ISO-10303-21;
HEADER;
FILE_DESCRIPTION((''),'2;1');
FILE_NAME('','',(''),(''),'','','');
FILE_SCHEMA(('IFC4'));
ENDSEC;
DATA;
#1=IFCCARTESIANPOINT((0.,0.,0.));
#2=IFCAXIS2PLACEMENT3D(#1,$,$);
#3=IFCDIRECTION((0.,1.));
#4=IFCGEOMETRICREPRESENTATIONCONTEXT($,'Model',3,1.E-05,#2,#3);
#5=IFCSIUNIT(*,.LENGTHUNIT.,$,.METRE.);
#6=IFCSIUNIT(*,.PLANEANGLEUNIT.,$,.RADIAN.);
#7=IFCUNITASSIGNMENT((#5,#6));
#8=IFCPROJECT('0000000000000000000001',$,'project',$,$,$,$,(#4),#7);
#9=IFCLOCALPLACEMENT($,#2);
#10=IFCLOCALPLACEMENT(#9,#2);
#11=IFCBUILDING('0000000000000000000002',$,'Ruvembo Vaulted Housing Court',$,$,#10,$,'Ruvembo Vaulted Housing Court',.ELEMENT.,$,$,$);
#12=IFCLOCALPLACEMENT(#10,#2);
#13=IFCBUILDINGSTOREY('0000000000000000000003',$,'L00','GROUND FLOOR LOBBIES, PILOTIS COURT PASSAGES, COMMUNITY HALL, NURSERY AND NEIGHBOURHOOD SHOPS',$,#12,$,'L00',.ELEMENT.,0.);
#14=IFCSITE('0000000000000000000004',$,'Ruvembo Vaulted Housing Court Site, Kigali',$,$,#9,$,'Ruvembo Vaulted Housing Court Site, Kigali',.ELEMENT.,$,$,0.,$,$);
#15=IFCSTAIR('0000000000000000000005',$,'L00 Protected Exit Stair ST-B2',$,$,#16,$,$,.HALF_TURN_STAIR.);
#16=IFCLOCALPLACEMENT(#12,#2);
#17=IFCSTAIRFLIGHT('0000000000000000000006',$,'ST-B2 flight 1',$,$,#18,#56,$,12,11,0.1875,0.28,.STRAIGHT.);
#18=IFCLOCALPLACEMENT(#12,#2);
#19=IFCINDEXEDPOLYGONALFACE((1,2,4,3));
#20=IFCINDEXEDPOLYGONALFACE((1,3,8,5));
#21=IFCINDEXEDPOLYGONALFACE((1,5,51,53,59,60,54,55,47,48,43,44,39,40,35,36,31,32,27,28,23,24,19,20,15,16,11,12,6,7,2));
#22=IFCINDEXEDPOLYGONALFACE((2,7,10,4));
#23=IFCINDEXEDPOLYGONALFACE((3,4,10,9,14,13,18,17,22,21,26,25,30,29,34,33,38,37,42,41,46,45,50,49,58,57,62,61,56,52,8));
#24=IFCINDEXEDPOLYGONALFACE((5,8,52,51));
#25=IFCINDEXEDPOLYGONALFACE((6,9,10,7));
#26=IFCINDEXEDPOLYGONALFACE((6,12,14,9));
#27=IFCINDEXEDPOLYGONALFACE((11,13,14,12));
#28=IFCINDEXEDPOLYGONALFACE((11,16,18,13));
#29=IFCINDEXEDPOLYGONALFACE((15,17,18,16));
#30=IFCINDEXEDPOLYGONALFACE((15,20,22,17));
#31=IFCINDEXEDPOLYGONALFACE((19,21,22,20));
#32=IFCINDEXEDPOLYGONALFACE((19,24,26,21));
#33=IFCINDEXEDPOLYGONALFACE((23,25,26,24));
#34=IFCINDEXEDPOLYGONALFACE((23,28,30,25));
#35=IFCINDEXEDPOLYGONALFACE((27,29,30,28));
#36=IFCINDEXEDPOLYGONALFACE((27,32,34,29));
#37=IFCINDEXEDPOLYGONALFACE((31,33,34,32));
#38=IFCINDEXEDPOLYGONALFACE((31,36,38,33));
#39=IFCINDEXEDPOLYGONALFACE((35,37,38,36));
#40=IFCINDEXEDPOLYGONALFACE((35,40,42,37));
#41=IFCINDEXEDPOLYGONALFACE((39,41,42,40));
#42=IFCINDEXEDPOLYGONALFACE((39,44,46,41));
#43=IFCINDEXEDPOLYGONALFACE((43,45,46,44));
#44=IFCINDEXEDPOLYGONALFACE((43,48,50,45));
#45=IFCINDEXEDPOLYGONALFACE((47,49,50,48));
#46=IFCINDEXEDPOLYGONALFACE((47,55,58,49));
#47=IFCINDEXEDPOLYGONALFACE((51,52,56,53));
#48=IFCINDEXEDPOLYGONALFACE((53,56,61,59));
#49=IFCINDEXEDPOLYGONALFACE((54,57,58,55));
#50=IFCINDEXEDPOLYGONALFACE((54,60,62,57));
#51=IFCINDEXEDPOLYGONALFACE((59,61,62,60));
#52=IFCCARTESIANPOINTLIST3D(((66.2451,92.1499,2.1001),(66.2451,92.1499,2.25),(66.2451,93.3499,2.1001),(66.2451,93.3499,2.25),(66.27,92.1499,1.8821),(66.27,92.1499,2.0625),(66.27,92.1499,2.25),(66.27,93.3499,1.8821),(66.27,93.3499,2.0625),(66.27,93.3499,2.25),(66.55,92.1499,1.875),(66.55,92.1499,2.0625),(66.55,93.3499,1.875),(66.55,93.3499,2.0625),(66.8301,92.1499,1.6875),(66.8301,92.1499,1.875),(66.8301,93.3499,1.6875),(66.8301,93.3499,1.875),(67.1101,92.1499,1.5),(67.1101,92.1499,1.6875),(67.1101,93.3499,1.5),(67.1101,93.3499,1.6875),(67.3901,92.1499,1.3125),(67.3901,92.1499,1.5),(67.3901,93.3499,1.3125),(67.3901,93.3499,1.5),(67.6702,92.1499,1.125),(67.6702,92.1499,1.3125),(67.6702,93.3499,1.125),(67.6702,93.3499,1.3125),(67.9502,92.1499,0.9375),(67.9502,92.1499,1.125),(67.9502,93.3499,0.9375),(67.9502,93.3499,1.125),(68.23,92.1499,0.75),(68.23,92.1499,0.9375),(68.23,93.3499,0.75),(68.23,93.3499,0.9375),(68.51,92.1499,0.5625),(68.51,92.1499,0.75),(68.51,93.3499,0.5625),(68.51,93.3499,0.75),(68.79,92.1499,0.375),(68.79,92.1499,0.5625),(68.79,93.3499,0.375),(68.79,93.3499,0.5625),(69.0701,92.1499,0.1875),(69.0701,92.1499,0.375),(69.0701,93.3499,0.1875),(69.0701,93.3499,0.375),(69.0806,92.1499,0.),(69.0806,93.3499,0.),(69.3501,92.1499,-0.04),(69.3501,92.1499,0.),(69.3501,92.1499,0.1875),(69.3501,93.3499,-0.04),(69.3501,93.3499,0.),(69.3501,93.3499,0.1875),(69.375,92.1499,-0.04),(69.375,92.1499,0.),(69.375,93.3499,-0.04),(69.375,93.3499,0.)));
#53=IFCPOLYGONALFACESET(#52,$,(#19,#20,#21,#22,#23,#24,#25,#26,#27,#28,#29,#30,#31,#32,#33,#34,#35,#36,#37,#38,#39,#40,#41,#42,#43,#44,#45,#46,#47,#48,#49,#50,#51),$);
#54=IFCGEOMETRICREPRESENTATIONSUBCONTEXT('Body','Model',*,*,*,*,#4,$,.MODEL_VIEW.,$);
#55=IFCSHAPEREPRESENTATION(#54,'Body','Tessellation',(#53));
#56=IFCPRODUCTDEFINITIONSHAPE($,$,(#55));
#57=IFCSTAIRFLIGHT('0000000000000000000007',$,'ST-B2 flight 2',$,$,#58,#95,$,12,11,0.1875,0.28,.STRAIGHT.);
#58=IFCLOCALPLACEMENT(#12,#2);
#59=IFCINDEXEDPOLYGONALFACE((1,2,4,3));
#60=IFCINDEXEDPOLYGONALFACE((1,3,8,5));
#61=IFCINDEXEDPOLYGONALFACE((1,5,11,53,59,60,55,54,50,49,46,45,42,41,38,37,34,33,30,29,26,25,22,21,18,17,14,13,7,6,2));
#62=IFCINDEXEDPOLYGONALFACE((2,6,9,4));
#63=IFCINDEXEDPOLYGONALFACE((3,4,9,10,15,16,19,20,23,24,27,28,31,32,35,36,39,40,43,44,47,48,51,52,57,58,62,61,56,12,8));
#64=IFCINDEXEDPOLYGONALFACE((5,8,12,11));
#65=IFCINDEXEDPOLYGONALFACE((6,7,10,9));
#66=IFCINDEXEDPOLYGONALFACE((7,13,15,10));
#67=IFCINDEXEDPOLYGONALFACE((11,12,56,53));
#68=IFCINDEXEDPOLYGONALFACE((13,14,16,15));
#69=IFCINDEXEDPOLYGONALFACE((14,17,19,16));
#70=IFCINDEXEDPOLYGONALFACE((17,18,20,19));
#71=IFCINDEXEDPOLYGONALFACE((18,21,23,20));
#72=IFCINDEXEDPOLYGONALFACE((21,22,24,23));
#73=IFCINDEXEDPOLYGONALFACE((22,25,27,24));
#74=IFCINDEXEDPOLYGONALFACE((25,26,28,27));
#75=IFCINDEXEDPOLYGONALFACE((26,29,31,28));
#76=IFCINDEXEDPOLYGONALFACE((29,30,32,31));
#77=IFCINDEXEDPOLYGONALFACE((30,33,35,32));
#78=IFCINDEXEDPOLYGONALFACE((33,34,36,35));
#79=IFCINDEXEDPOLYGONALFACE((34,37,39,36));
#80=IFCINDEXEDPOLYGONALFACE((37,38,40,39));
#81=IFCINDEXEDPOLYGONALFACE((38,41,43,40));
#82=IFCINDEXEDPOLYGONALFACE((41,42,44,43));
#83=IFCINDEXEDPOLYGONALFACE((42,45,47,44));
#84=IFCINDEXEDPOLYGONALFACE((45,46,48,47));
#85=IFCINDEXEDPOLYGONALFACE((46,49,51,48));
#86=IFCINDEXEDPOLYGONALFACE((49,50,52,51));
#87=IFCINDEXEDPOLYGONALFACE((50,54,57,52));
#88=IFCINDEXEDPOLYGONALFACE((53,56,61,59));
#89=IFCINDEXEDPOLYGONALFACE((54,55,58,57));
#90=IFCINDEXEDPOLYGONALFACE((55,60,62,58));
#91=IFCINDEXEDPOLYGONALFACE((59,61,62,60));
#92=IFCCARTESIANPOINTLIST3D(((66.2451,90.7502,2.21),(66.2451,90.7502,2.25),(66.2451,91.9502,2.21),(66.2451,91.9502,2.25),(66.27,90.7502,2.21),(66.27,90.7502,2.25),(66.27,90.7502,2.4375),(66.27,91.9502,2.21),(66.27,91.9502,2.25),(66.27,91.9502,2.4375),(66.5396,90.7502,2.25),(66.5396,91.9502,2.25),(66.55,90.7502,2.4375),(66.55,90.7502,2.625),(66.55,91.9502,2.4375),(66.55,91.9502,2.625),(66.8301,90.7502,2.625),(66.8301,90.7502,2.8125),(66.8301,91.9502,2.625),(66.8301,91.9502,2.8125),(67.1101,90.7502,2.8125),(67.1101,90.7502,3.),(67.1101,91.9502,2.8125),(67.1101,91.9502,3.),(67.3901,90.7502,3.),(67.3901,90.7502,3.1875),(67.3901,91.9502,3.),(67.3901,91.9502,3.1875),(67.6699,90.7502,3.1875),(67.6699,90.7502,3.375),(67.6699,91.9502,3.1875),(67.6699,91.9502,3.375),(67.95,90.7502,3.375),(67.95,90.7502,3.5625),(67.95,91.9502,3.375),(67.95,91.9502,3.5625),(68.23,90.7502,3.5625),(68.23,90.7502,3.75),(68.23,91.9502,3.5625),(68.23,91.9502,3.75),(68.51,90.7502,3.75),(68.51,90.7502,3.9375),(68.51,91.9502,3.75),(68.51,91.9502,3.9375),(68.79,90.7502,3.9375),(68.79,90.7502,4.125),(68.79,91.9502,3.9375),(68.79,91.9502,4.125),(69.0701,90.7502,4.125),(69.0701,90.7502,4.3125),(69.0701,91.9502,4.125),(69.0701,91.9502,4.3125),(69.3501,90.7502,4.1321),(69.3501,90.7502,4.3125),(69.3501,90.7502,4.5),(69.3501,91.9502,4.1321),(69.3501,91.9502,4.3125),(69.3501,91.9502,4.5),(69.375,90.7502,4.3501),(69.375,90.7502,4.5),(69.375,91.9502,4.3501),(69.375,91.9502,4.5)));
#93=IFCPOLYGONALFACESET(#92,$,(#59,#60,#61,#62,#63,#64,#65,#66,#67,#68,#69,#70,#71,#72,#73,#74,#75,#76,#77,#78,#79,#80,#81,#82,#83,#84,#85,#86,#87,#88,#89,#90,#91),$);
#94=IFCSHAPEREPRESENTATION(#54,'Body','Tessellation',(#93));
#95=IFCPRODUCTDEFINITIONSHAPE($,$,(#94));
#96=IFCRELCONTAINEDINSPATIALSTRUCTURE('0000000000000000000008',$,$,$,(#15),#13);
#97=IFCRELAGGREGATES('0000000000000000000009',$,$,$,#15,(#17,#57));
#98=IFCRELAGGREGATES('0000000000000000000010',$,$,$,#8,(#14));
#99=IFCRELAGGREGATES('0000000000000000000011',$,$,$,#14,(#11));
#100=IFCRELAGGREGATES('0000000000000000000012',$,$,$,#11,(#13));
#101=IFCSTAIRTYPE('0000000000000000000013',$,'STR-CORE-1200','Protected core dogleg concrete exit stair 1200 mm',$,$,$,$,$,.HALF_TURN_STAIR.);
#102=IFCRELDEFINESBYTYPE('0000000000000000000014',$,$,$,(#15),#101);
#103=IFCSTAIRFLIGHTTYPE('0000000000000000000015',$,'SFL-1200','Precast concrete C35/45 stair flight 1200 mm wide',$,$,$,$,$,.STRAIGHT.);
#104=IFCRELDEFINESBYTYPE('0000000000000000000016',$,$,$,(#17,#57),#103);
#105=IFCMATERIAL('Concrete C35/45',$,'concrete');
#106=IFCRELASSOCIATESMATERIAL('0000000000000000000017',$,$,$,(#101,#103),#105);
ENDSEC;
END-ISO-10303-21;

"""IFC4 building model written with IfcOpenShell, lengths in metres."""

from ifc_helpers import new_model, si_unit, direction, frame, origin, place, context, subcontext, project, spatial, polyline, outline, extrude, material, type_object, element, aggregate, save


model = new_model("IFC4")

# Units and contexts
model_context = context("Model", 3, precision=1e-05, world=origin(), true_north=direction((0.0, 1.0)))
body_context = subcontext(model_context, "Body", "Model", "MODEL_VIEW")
ifc_project = project(units=[si_unit("LENGTHUNIT", "METRE"), si_unit("PLANEANGLEUNIT", "RADIAN")], contexts=[model_context])

# Site, building, storey
site_placement = place(None, origin())
site = spatial("IfcSite", under=ifc_project, at=site_placement, Name="Ruvembo Vaulted Housing Court Site, Kigali", LongName="Ruvembo Vaulted Housing Court Site, Kigali", CompositionType="ELEMENT", RefElevation=0.0)
building_placement = place(site_placement, origin())
building = spatial("IfcBuilding", under=site, at=building_placement, Name="Ruvembo Vaulted Housing Court", LongName="Ruvembo Vaulted Housing Court", CompositionType="ELEMENT")
storey_placement = place(building_placement, origin())
storey = spatial("IfcBuildingStorey", under=building, at=storey_placement, Name="L00", Description="GROUND FLOOR LOBBIES, PILOTIS COURT PASSAGES, COMMUNITY HALL, NURSERY AND NEIGHBOURHOOD SHOPS", LongName="L00", CompositionType="ELEMENT", Elevation=0.0)

# Shared definitions
ifc_material_1 = material(Name="Concrete C35/45", Category="concrete")

# Stair, stair flights
stair_type = type_object("IfcStairType", Name="STR-CORE-1200", Description="Protected core dogleg concrete exit stair 1200 mm", PredefinedType="HALF_TURN_STAIR", material=ifc_material_1)
stair_placement = place(storey_placement, origin())
stair = element("IfcStair", 1, at=stair_placement, inside=storey, type_object=stair_type, Name="L00 Protected Exit Stair ST-B2", PredefinedType="HALF_TURN_STAIR")
stair_flight_type = type_object("IfcStairFlightType", Name="SFL-1200", Description="Precast concrete C35/45 stair flight 1200 mm wide", PredefinedType="STRAIGHT", material=ifc_material_1)
stair_flight_1_placement = place(storey_placement, frame((69.3501, 92.75, 0.0), z_axis=(0.0, 0.0, 1.0), x_axis=(-1.0, 0.0, 0.0)))
stair_flight_1 = element("IfcStairFlight", 2, at=stair_flight_1_placement, type_object=stair_flight_type, Name="ST-B2 flight 1", NumberOfRisers=12, NumberOfTreads=11, PredefinedType="STRAIGHT", RiserHeight=0.1875, TreadLength=0.28, context=body_context, shape_type="SweptSolid", body=[
    extrude(outline(polyline([(-0.0249, -0.04), (-0.0249, 0.0), (0.0, 0.0), (0.0, 0.1875), (0.28, 0.1875), (0.28, 0.375), (0.5601, 0.375), (0.5601, 0.5625), (0.8401, 0.5625), (0.8401, 0.75), (1.1201, 0.75), (1.1201, 0.9375), (1.3999, 0.9375), (1.3999, 1.125), (1.6799, 1.125), (1.6799, 1.3125), (1.96, 1.3125), (1.96, 1.5), (2.24, 1.5), (2.24, 1.6875), (2.52, 1.6875), (2.52, 1.875), (2.8, 1.875), (2.8, 2.0625), (3.0801, 2.0625), (3.0801, 2.25), (3.105, 2.25), (3.105, 2.1001), (3.0801, 1.8821), (0.2695, 0.0), (0.0, -0.04), (-0.0249, -0.04)])), frame((0.0, 0.6001, 0.0), z_axis=(0.0, -1.0, 0.0), x_axis=(1.0, 0.0, 0.0)), (0.0, 0.0, 1.0), 1.2),
])
stair_flight_2_placement = place(storey_placement, frame((66.27, 91.3501, 2.25), z_axis=(0.0, 0.0, 1.0), x_axis=(1.0, 0.0, 0.0)))
stair_flight_2 = element("IfcStairFlight", 3, at=stair_flight_2_placement, type_object=stair_flight_type, Name="ST-B2 flight 2", NumberOfRisers=12, NumberOfTreads=11, PredefinedType="STRAIGHT", RiserHeight=0.1875, TreadLength=0.28, context=body_context, shape_type="SweptSolid", body=[
    extrude(outline(polyline([(-0.0249, -0.04), (-0.0249, 0.0), (0.0, 0.0), (0.0, 0.1875), (0.28, 0.1875), (0.28, 0.375), (0.5601, 0.375), (0.5601, 0.5625), (0.8401, 0.5625), (0.8401, 0.75), (1.1201, 0.75), (1.1201, 0.9375), (1.3999, 0.9375), (1.3999, 1.125), (1.6799, 1.125), (1.6799, 1.3125), (1.96, 1.3125), (1.96, 1.5), (2.24, 1.5), (2.24, 1.6875), (2.52, 1.6875), (2.52, 1.875), (2.8, 1.875), (2.8, 2.0625), (3.0801, 2.0625), (3.0801, 2.25), (3.105, 2.25), (3.105, 2.1001), (3.0801, 1.8821), (0.2695, 0.0), (0.0, -0.04), (-0.0249, -0.04)])), frame((0.0, 0.6001, 0.0), z_axis=(0.0, -1.0, 0.0), x_axis=(1.0, 0.0, 0.0)), (0.0, 0.0, 1.0), 1.2),
])
aggregate(stair, [stair_flight_1, stair_flight_2])

save(model, "model.ifc")
